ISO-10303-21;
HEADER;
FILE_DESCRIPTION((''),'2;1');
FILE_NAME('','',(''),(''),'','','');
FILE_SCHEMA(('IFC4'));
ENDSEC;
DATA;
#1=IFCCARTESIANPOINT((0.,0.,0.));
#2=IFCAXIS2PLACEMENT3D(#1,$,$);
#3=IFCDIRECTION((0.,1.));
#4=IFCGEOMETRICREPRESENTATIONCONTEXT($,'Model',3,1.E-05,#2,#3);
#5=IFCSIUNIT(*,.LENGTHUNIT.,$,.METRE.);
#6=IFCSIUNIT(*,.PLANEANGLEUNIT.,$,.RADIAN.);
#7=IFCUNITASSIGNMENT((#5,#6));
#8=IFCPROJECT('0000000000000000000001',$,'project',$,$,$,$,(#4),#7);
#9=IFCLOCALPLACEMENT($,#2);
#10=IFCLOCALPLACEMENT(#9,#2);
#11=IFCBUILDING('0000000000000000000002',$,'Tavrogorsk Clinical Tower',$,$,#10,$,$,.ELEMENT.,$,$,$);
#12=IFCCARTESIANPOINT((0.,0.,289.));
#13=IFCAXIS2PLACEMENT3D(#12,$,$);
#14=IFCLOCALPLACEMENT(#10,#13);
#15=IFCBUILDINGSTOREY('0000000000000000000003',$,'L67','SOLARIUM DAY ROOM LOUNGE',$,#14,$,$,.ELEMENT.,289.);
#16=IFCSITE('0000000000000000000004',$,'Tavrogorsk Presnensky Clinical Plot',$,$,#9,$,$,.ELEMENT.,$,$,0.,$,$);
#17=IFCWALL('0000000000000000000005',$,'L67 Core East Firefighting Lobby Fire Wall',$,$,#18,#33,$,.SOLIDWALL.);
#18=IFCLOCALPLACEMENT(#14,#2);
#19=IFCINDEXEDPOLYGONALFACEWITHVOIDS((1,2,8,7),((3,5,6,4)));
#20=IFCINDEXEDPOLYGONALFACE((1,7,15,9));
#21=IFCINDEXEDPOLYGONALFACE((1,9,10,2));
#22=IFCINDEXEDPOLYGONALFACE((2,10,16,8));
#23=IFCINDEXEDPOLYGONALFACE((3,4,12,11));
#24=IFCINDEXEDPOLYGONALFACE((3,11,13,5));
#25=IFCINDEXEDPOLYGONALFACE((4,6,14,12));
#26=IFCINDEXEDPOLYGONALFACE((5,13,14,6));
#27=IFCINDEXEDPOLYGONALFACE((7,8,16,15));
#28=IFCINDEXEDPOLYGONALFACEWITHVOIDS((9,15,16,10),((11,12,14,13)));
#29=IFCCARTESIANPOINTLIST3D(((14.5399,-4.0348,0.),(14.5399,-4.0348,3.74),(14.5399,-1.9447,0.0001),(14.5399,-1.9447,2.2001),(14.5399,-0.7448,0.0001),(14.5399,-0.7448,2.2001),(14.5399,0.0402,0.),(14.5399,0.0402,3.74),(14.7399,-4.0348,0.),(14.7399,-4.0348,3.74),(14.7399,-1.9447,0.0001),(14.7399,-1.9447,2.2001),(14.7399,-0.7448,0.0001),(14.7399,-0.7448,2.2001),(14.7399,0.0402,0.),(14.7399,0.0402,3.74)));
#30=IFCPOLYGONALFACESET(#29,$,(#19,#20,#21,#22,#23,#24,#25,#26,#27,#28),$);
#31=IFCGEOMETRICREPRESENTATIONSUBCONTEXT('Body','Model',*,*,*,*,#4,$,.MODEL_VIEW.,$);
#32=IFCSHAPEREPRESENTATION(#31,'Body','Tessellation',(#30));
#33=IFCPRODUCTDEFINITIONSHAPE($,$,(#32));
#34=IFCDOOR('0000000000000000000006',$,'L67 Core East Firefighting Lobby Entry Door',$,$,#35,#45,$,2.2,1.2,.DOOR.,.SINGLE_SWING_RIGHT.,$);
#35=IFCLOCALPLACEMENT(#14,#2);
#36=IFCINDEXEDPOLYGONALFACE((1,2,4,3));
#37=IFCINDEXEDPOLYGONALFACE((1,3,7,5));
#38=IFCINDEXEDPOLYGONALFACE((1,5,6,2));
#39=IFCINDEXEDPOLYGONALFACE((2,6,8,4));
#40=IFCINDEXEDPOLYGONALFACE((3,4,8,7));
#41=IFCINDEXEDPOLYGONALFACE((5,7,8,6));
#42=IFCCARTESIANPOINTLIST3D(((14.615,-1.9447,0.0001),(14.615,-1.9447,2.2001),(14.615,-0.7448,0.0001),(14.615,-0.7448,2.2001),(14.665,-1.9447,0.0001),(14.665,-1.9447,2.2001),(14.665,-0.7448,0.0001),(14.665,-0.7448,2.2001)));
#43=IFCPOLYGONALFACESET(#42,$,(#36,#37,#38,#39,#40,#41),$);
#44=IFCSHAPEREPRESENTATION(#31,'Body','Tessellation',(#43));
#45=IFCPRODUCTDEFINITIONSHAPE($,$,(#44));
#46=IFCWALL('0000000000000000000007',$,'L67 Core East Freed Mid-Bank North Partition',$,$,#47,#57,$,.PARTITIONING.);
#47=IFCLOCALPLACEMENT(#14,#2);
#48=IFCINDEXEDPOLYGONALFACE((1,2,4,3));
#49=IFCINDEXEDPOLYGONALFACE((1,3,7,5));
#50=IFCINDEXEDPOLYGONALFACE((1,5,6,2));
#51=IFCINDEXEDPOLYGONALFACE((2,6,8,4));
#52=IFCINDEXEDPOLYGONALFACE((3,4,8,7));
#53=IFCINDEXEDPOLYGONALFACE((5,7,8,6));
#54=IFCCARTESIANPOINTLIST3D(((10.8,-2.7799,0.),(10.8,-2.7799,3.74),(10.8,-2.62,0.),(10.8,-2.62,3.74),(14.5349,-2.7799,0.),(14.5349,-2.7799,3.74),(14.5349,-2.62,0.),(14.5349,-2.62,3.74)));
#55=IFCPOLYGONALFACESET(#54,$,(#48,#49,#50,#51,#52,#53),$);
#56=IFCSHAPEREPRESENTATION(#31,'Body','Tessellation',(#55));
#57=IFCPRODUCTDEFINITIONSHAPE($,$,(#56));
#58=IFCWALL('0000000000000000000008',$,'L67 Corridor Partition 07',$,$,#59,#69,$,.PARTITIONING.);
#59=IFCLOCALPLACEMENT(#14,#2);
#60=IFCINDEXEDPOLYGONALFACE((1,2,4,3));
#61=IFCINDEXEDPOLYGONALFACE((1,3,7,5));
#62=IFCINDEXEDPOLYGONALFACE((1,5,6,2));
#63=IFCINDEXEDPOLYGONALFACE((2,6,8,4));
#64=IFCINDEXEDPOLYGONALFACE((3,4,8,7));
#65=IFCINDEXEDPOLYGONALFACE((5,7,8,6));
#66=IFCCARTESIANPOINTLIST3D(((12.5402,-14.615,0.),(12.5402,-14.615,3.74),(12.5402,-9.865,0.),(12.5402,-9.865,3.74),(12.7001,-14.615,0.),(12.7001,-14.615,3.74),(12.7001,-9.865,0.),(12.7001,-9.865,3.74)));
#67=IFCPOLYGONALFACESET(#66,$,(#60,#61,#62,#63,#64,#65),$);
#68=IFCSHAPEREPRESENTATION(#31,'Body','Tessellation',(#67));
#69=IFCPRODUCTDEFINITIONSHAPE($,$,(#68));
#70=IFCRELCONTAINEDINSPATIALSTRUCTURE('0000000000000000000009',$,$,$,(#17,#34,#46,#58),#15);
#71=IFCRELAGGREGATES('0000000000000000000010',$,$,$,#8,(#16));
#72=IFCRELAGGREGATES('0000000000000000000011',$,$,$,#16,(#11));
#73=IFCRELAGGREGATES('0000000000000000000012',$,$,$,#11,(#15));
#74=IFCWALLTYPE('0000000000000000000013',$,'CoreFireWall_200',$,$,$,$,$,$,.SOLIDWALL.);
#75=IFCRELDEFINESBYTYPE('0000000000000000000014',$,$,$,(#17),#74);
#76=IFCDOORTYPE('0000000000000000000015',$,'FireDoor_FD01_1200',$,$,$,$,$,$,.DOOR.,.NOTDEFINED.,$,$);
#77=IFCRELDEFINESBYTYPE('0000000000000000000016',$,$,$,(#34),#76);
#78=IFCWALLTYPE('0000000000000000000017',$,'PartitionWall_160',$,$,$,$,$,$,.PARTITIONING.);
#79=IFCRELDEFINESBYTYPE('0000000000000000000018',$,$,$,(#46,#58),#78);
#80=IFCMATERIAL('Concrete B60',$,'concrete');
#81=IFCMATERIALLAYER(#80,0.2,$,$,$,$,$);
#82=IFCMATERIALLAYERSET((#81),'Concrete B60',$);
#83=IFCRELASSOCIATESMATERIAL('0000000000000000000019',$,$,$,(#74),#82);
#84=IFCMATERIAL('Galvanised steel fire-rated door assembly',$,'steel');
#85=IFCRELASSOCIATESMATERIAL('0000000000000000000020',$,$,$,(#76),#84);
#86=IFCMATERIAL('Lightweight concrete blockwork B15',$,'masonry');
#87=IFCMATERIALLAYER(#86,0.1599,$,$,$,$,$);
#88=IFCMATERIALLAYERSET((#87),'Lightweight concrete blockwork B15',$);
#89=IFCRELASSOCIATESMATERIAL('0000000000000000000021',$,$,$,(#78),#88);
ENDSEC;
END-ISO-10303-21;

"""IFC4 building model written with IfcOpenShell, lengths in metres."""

from ifc_helpers import new_model, si_unit, direction, frame, frame_2d, origin, place, context, subcontext, project, spatial, rectangle, extrude, material, layer, layer_set, type_object, element, fill, save


model = new_model("IFC4")

# Units and contexts
model_context = context("Model", 3, precision=1e-05, world=origin(), true_north=direction((0.0, 1.0)))
body_context = subcontext(model_context, "Body", "Model", "MODEL_VIEW")
ifc_project = project(units=[si_unit("LENGTHUNIT", "METRE"), si_unit("PLANEANGLEUNIT", "RADIAN")], contexts=[model_context])

# Site, building, storey
site_placement = place(None, origin())
site = spatial("IfcSite", under=ifc_project, at=site_placement, Name="Tavrogorsk Presnensky Clinical Plot", CompositionType="ELEMENT", RefElevation=0.0)
building_placement = place(site_placement, origin())
building = spatial("IfcBuilding", under=site, at=building_placement, Name="Tavrogorsk Clinical Tower", CompositionType="ELEMENT")
storey_placement = place(building_placement, frame((0.0, 0.0, 289.0)))
storey = spatial("IfcBuildingStorey", under=building, at=storey_placement, Name="L67", Description="SOLARIUM DAY ROOM LOUNGE", CompositionType="ELEMENT", Elevation=289.0)

# Wall, opening, door
ifc_material_1 = material(Name="Concrete B60", Category="concrete")
ifc_layer_1 = layer(ifc_material_1, 0.2)
ifc_layer_set_1 = layer_set([ifc_layer_1], Name="Concrete B60")
wall_type_1 = type_object("IfcWallType", Name="CoreFireWall_200", PredefinedType="SOLIDWALL", material=ifc_layer_set_1)
wall_1_placement = place(storey_placement, frame((14.6399, -4.0349, 0.0), z_axis=(0.0, 0.0, 1.0), x_axis=(0.0, 1.0, 0.0)))
wall_1 = element("IfcWall", 1, at=wall_1_placement, inside=storey, type_object=wall_type_1, Name="L67 Core East Firefighting Lobby Fire Wall", PredefinedType="SOLIDWALL", context=body_context, shape_type="SweptSolid", body=[
    extrude(rectangle(XDim=4.075, YDim=0.2, at=frame_2d((2.0376, 0.0))), origin(), (0.0, 0.0, 1.0), 3.74),
])
opening_1_placement = place(wall_1_placement, frame((2.0901, 0.0, 0.0)))
opening_1 = element("IfcOpeningElement", 2, at=opening_1_placement, cuts=wall_1, PredefinedType="OPENING", context=body_context, shape_type="SweptSolid", body=[
    extrude(rectangle(XDim=1.2, YDim=2.2, at=frame_2d((0.6001, 1.1001))), frame((0.0, 0.1099, 0.0), z_axis=(0.0, -1.0, 0.0), x_axis=(1.0, 0.0, 0.0)), (0.0, 0.0, 1.0), 0.22),
])
ifc_material_2 = material(Name="Galvanised steel fire-rated door assembly", Category="steel")
door_type_1 = type_object("IfcDoorType", Name="FireDoor_FD01_1200", OperationType="NOTDEFINED", PredefinedType="DOOR", material=ifc_material_2)
door_1_placement = place(opening_1_placement, origin())
door_1 = element("IfcDoor", 3, at=door_1_placement, inside=storey, type_object=door_type_1, Name="L67 Core East Firefighting Lobby Entry Door", OperationType="SINGLE_SWING_RIGHT", OverallHeight=2.2, OverallWidth=1.2, PredefinedType="DOOR", context=body_context, shape_type="SweptSolid", body=[
    extrude(rectangle(XDim=1.2, YDim=2.2, at=frame_2d((0.6001, 1.1001))), frame((0.0, 0.0249, 0.0), z_axis=(0.0, -1.0, 0.0), x_axis=(1.0, 0.0, 0.0)), (0.0, 0.0, 1.0), 0.05),
])
fill(opening_1, door_1)

# Walls
ifc_material_3 = material(Name="Lightweight concrete blockwork B15", Category="masonry")
ifc_layer_2 = layer(ifc_material_3, 0.1599)
ifc_layer_set_2 = layer_set([ifc_layer_2], Name="Lightweight concrete blockwork B15")
wall_type_2 = type_object("IfcWallType", Name="PartitionWall_160", PredefinedType="PARTITIONING", material=ifc_layer_set_2)
wall_2_placement = place(storey_placement, frame((10.8, -2.7, 0.0), z_axis=(0.0, 0.0, 1.0), x_axis=(1.0, 0.0, 0.0)))
element("IfcWall", 4, at=wall_2_placement, inside=storey, type_object=wall_type_2, Name="L67 Core East Freed Mid-Bank North Partition", PredefinedType="PARTITIONING", context=body_context, shape_type="SweptSolid", body=[
    extrude(rectangle(XDim=3.7349, YDim=0.1599, at=frame_2d((1.8674, 0.0))), origin(), (0.0, 0.0, 1.0), 3.74),
])
wall_3_placement = place(storey_placement, frame((12.6201, -14.615, 0.0), z_axis=(0.0, 0.0, 1.0), x_axis=(0.0, 1.0, 0.0)))
element("IfcWall", 5, at=wall_3_placement, inside=storey, type_object=wall_type_2, Name="L67 Corridor Partition 07", PredefinedType="PARTITIONING", context=body_context, shape_type="SweptSolid", body=[
    extrude(rectangle(XDim=4.75, YDim=0.1599, at=frame_2d((2.375, 0.0))), origin(), (0.0, 0.0, 1.0), 3.74),
])

save(model, "model.ifc")
